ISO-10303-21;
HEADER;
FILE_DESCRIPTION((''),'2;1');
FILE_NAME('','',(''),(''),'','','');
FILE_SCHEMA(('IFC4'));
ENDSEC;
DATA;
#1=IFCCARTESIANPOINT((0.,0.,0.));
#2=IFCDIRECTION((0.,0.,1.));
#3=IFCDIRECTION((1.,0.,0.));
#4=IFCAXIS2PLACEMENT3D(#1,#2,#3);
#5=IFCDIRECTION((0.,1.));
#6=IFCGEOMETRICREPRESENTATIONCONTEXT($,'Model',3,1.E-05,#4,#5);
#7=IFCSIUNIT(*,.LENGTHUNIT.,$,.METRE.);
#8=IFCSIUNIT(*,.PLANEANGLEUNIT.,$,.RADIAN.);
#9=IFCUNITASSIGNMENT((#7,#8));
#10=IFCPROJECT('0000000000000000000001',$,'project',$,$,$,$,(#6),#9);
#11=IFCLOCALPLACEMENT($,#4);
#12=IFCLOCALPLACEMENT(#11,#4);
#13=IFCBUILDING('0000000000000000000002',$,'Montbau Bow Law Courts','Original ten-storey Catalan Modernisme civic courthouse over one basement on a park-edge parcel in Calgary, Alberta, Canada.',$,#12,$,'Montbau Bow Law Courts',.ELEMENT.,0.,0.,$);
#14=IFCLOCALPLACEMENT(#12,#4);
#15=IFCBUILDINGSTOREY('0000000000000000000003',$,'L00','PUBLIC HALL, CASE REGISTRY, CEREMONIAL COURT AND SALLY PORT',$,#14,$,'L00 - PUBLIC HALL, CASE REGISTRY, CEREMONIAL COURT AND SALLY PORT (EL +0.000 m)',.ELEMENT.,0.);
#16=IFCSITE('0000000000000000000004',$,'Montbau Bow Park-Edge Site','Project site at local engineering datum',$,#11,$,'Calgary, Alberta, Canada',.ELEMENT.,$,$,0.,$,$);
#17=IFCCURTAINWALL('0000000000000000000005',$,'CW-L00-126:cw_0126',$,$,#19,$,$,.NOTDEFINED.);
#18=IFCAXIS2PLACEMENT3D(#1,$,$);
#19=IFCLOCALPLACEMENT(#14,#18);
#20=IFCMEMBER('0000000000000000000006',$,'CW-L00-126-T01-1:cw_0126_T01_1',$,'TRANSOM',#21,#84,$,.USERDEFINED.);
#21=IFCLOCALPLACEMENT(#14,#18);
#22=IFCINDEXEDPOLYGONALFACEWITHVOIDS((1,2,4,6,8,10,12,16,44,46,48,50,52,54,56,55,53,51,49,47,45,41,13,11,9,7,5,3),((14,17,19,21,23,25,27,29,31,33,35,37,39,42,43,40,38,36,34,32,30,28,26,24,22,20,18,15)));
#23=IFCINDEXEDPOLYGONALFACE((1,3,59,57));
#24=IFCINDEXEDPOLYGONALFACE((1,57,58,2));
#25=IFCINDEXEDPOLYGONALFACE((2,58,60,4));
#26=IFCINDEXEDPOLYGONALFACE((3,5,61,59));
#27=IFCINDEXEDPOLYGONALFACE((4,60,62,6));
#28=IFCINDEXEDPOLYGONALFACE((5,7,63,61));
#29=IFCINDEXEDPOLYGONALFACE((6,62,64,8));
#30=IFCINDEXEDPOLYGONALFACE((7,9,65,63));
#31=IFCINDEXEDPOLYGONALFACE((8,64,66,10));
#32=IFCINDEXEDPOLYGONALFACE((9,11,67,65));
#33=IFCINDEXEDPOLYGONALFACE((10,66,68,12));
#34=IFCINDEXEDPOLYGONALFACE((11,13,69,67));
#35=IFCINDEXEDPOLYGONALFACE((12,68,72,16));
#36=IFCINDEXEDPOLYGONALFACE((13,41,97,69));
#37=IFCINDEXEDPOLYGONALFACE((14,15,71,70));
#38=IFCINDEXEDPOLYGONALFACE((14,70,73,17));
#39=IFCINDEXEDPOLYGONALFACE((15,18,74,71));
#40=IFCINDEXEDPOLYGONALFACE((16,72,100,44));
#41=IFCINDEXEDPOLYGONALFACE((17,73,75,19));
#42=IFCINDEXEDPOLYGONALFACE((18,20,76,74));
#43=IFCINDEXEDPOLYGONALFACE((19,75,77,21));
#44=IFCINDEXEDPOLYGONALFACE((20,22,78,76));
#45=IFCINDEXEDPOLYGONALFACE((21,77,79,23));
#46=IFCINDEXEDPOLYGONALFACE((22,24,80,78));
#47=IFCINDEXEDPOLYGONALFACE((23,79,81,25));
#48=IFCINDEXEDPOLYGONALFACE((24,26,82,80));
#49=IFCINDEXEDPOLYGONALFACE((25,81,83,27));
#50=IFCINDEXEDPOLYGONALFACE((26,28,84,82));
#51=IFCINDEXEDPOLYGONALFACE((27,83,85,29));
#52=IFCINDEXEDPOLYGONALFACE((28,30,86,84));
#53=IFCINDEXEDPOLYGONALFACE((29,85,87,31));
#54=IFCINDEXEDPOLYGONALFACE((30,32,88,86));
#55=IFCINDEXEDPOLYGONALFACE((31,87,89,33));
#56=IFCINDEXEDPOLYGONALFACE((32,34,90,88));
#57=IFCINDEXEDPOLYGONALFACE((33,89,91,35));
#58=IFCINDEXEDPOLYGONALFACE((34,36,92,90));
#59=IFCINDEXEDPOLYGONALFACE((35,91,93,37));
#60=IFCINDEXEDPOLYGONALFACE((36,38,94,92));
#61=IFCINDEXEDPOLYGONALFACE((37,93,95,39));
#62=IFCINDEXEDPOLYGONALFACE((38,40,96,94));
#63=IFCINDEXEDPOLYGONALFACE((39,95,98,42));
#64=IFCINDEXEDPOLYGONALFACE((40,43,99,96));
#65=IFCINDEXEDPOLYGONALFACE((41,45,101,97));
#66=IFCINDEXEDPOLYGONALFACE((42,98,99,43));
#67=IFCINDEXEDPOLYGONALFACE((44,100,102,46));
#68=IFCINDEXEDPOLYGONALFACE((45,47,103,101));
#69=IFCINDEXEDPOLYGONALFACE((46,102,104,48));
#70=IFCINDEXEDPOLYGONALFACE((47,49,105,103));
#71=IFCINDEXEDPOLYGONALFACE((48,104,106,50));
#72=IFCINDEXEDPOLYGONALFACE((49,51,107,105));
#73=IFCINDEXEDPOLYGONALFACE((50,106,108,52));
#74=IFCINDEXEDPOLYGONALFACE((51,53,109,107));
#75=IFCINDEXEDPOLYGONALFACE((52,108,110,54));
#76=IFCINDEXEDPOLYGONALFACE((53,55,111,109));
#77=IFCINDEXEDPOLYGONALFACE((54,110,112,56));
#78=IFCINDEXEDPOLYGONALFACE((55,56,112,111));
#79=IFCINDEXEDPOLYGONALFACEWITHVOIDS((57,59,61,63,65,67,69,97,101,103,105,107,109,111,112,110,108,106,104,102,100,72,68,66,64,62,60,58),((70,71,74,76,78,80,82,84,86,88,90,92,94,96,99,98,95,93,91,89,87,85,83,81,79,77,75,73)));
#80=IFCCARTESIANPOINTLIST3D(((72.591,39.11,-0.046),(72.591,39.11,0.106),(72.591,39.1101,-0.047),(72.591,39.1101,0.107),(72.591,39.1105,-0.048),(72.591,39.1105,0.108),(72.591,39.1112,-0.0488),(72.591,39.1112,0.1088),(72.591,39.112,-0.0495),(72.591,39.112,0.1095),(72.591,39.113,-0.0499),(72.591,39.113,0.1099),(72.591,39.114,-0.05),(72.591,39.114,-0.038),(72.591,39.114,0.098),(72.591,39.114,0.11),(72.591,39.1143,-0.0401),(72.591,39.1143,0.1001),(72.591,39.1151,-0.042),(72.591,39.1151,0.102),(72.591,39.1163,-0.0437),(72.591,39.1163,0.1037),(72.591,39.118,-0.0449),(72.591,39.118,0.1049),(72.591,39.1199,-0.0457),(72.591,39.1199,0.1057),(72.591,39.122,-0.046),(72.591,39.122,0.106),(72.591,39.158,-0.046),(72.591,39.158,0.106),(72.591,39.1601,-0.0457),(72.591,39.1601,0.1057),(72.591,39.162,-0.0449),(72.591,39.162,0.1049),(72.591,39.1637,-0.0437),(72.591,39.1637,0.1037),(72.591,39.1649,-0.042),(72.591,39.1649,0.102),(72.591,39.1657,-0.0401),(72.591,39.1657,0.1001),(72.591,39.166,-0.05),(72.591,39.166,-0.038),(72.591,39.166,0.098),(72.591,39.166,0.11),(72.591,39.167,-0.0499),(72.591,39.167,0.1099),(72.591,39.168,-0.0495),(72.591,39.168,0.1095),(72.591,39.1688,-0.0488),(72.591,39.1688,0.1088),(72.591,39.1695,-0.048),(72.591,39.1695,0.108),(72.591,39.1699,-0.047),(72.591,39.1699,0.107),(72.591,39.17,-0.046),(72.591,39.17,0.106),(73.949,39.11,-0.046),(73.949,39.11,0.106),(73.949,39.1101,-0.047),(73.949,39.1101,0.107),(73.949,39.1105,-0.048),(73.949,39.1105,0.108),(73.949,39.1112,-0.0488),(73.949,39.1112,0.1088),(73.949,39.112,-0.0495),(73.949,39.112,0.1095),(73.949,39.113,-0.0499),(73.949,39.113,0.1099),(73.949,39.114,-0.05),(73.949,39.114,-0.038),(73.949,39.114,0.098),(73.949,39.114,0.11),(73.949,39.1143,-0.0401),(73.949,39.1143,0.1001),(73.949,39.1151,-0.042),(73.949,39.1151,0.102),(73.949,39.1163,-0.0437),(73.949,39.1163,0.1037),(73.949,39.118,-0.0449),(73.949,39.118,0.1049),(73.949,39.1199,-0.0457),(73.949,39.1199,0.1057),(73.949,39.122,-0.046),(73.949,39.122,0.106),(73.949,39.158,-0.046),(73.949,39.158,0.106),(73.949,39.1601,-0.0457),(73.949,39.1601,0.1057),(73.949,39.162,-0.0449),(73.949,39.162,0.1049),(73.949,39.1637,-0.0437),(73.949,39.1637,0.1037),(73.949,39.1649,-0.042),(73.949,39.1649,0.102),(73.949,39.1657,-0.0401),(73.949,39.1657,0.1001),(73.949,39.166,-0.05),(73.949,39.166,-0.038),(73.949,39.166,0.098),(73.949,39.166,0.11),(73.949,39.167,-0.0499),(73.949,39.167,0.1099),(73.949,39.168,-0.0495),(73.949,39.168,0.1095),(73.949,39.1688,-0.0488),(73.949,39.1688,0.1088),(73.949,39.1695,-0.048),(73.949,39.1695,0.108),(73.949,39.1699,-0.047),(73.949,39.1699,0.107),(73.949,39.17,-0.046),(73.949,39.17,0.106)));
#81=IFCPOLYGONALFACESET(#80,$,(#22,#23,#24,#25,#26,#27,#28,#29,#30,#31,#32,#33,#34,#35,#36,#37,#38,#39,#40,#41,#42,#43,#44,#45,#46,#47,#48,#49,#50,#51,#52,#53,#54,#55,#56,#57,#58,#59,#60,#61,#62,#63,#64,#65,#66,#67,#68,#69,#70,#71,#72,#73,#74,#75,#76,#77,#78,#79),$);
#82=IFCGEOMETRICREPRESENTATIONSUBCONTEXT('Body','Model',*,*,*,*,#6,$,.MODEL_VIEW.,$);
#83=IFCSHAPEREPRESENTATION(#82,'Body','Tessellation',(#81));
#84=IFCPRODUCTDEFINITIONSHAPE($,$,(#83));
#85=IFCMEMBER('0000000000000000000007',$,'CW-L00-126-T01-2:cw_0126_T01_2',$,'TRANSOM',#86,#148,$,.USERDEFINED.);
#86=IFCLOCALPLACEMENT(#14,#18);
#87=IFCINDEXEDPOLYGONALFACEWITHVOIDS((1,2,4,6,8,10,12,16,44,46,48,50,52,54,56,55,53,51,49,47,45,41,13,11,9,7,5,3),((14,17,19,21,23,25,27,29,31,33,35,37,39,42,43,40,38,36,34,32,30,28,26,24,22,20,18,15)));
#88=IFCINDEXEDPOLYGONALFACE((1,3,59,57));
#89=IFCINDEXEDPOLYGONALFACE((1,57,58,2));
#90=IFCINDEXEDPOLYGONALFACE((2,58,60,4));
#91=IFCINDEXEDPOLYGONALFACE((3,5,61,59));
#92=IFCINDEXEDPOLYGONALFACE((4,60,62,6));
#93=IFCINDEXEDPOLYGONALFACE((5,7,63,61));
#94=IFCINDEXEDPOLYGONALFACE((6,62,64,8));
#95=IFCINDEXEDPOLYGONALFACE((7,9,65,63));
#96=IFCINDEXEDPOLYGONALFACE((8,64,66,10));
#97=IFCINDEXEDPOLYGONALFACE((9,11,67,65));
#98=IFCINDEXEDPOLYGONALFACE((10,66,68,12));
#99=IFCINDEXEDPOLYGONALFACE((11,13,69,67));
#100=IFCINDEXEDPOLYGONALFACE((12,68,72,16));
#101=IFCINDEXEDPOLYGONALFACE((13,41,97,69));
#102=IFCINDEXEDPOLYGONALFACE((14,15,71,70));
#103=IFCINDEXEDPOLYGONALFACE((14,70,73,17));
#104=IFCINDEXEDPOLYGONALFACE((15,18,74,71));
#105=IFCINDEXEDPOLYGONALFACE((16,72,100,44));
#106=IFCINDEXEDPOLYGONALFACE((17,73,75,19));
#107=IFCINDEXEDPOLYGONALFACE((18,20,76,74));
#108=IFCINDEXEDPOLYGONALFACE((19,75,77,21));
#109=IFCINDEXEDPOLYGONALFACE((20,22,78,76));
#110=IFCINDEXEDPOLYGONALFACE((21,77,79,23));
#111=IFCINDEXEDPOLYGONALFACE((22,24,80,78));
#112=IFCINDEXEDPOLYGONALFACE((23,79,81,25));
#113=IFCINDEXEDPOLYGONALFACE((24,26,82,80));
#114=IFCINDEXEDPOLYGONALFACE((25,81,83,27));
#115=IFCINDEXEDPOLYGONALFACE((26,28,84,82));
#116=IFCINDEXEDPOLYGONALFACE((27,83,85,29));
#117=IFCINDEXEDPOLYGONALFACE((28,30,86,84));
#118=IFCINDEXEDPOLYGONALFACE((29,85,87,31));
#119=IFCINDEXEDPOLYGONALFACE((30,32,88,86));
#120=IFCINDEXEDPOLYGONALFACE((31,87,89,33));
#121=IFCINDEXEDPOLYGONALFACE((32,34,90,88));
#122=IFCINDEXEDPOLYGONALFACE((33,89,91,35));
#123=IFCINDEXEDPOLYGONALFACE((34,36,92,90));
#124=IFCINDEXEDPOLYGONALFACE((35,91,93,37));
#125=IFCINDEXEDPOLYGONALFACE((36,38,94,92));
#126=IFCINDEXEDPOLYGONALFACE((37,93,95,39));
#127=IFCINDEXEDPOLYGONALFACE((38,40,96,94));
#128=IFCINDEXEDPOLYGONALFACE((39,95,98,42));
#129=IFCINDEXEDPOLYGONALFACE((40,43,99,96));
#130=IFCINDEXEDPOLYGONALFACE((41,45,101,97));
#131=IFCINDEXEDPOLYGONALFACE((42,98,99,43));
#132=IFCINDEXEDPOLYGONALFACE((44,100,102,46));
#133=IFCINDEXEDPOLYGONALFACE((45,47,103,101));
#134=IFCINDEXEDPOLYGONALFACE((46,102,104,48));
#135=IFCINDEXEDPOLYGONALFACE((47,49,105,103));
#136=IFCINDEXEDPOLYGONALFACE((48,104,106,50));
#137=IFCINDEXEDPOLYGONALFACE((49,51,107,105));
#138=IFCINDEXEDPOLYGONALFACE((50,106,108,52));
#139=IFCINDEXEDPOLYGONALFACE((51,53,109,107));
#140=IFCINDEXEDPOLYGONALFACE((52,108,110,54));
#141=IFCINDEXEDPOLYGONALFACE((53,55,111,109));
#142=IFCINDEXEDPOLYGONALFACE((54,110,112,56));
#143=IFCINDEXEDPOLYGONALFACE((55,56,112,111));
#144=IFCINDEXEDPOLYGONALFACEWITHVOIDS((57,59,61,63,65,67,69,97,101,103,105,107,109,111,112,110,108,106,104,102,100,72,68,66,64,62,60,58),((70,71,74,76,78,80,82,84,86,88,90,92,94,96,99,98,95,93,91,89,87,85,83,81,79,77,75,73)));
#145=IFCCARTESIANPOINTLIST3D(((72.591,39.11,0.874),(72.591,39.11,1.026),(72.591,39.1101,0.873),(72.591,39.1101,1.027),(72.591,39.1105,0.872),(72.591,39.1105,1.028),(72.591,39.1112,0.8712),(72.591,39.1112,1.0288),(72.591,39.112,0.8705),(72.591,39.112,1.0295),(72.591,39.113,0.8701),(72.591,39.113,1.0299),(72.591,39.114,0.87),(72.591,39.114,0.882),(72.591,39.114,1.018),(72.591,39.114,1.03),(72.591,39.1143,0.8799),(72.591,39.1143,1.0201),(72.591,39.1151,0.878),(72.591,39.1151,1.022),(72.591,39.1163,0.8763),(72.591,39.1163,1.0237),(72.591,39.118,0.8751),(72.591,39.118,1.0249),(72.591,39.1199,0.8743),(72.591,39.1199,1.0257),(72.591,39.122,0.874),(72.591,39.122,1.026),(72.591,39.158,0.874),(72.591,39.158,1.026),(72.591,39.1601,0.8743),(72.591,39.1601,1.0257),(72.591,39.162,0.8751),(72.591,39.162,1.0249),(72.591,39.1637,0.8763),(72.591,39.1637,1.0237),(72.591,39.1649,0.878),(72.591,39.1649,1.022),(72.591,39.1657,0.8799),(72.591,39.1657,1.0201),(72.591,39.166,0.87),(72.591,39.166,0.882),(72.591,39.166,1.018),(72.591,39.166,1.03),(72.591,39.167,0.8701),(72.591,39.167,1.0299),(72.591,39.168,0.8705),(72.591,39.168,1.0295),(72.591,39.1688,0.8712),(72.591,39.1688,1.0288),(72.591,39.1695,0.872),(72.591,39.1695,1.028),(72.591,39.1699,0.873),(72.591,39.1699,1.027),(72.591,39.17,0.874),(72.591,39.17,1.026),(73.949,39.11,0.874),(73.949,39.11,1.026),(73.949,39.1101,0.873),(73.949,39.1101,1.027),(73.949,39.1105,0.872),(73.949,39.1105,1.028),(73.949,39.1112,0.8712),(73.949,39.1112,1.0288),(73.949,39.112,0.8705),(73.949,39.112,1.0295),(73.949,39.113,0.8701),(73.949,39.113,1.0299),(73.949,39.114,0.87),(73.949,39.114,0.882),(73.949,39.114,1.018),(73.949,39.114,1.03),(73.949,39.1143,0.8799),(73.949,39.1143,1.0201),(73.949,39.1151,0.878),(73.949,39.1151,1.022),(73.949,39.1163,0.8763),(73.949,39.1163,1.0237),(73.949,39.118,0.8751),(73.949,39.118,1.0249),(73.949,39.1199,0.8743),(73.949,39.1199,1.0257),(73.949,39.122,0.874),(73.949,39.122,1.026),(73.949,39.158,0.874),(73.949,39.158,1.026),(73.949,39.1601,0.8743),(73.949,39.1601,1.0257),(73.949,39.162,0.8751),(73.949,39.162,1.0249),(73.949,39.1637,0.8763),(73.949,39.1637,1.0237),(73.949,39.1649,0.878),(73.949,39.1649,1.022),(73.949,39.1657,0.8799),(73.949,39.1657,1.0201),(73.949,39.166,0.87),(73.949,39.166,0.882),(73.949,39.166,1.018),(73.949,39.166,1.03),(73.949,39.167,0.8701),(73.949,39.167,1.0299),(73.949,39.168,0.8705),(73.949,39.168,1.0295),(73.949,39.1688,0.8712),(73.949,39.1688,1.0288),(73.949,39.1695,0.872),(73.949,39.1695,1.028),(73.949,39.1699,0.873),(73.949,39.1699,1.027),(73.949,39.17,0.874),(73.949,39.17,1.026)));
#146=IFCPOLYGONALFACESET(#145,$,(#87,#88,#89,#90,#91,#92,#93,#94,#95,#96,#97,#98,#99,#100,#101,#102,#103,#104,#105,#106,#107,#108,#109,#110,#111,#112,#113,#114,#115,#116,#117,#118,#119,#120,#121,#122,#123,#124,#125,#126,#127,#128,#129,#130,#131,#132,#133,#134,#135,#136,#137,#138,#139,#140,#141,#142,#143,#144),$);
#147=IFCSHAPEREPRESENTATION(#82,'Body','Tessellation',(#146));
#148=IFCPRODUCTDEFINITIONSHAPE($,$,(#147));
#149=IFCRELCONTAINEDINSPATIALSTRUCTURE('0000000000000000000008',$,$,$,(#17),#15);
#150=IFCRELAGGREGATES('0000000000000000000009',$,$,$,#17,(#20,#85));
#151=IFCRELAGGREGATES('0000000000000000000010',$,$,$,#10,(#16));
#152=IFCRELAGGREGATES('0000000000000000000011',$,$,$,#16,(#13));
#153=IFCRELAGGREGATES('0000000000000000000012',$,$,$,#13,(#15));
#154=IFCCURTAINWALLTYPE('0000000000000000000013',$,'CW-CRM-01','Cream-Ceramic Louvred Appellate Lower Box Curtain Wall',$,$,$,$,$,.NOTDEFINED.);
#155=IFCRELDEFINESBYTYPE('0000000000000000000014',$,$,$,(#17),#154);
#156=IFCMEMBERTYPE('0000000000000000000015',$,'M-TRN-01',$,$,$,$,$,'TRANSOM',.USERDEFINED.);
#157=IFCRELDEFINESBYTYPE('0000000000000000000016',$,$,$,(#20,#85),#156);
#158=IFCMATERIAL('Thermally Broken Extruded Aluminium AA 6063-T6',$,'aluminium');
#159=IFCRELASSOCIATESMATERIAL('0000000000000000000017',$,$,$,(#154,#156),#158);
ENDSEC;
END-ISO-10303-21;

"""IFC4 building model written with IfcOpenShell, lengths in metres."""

from ifc_helpers import new_model, si_unit, direction, frame, origin_with_axes, origin_2d_with_axis, place, context, subcontext, project, spatial, hollow_rectangle, extrude, material, material_profile, profile_set, type_object, element, aggregate, save


model = new_model("IFC4")

# Units and contexts
model_context = context("Model", 3, precision=1e-05, world=origin_with_axes(), true_north=direction((0.0, 1.0)))
body_context = subcontext(model_context, "Body", "Model", "MODEL_VIEW")
ifc_project = project(units=[si_unit("LENGTHUNIT", "METRE"), si_unit("PLANEANGLEUNIT", "RADIAN")], contexts=[model_context])

# Site, building, storey
site_placement = place(None, origin_with_axes())
site = spatial("IfcSite", under=ifc_project, at=site_placement, Name="Montbau Bow Park-Edge Site", Description="Project site at local engineering datum", LongName="Calgary, Alberta, Canada", CompositionType="ELEMENT", RefElevation=0.0)
building_placement = place(site_placement, origin_with_axes())
building = spatial("IfcBuilding", under=site, at=building_placement, Name="Montbau Bow Law Courts", Description="Original ten-storey Catalan Modernisme civic courthouse over one basement on a park-edge parcel in Calgary, Alberta, Canada.", LongName="Montbau Bow Law Courts", CompositionType="ELEMENT", ElevationOfRefHeight=0.0, ElevationOfTerrain=0.0)
storey_placement = place(building_placement, origin_with_axes())
storey = spatial("IfcBuildingStorey", under=building, at=storey_placement, Name="L00", Description="PUBLIC HALL, CASE REGISTRY, CEREMONIAL COURT AND SALLY PORT", LongName="L00 - PUBLIC HALL, CASE REGISTRY, CEREMONIAL COURT AND SALLY PORT (EL +0.000 m)", CompositionType="ELEMENT", Elevation=0.0)

# Curtain wall
ifc_material_1 = material(Name="Thermally Broken Extruded Aluminium AA 6063-T6", Category="aluminium")
curtain_wall_type = type_object("IfcCurtainWallType", Name="CW-CRM-01", Description="Cream-Ceramic Louvred Appellate Lower Box Curtain Wall", PredefinedType="NOTDEFINED", material=ifc_material_1)
curtain_wall_1_placement = place(None, frame((72.515, 39.14, 0.0), z_axis=(0.0, 0.0, 1.0), x_axis=(1.0, 0.0, 0.0)))
curtain_wall_1 = element("IfcCurtainWall", 1, at=curtain_wall_1_placement, inside=storey, type_object=curtain_wall_type, Name="CW-L00-126:cw_0126", PredefinedType="NOTDEFINED")

# Members
ifc_material_profile_1 = material_profile(ifc_material_1, hollow_rectangle(XDim=0.06, YDim=0.16, WallThickness=0.004, InnerFilletRadius=0.008, OuterFilletRadius=0.004, at=origin_2d_with_axis()), Name="CWT-160X60", Category="Main", Priority=0)
ifc_profile_set_1 = profile_set([ifc_material_profile_1], Name="Thermally Broken Extruded Aluminium AA 6063-T6")
member_type_1 = type_object("IfcMemberType", Name="M-TRN-01", ElementType="TRANSOM", PredefinedType="USERDEFINED", material=ifc_profile_set_1)
member_1_placement = place(None, frame((72.591, 39.14, 0.03), z_axis=(1.0, 0.0, 0.0), x_axis=(0.0, 1.0, 0.0)))
member_1 = element("IfcMember", 2, at=member_1_placement, type_object=member_type_1, Name="CW-L00-126-T01-1:cw_0126_T01_1", ObjectType="TRANSOM", PredefinedType="USERDEFINED", context=body_context, shape_type="SweptSolid", body=[
    extrude(hollow_rectangle(XDim=0.06, YDim=0.16, WallThickness=0.004, InnerFilletRadius=0.008, OuterFilletRadius=0.004, at=origin_2d_with_axis()), origin_with_axes(), (0.0, 0.0, 1.0), 1.358),
])
member_2_placement = place(None, frame((72.591, 39.14, 0.95), z_axis=(1.0, 0.0, 0.0), x_axis=(0.0, 1.0, 0.0)))
member_2 = element("IfcMember", 3, at=member_2_placement, type_object=member_type_1, Name="CW-L00-126-T01-2:cw_0126_T01_2", ObjectType="TRANSOM", PredefinedType="USERDEFINED", context=body_context, shape_type="SweptSolid", body=[
    extrude(hollow_rectangle(XDim=0.06, YDim=0.16, WallThickness=0.004, InnerFilletRadius=0.008, OuterFilletRadius=0.004, at=origin_2d_with_axis()), origin_with_axes(), (0.0, 0.0, 1.0), 1.358),
])

aggregate(curtain_wall_1, [member_1, member_2])

save(model, "model.ifc")
